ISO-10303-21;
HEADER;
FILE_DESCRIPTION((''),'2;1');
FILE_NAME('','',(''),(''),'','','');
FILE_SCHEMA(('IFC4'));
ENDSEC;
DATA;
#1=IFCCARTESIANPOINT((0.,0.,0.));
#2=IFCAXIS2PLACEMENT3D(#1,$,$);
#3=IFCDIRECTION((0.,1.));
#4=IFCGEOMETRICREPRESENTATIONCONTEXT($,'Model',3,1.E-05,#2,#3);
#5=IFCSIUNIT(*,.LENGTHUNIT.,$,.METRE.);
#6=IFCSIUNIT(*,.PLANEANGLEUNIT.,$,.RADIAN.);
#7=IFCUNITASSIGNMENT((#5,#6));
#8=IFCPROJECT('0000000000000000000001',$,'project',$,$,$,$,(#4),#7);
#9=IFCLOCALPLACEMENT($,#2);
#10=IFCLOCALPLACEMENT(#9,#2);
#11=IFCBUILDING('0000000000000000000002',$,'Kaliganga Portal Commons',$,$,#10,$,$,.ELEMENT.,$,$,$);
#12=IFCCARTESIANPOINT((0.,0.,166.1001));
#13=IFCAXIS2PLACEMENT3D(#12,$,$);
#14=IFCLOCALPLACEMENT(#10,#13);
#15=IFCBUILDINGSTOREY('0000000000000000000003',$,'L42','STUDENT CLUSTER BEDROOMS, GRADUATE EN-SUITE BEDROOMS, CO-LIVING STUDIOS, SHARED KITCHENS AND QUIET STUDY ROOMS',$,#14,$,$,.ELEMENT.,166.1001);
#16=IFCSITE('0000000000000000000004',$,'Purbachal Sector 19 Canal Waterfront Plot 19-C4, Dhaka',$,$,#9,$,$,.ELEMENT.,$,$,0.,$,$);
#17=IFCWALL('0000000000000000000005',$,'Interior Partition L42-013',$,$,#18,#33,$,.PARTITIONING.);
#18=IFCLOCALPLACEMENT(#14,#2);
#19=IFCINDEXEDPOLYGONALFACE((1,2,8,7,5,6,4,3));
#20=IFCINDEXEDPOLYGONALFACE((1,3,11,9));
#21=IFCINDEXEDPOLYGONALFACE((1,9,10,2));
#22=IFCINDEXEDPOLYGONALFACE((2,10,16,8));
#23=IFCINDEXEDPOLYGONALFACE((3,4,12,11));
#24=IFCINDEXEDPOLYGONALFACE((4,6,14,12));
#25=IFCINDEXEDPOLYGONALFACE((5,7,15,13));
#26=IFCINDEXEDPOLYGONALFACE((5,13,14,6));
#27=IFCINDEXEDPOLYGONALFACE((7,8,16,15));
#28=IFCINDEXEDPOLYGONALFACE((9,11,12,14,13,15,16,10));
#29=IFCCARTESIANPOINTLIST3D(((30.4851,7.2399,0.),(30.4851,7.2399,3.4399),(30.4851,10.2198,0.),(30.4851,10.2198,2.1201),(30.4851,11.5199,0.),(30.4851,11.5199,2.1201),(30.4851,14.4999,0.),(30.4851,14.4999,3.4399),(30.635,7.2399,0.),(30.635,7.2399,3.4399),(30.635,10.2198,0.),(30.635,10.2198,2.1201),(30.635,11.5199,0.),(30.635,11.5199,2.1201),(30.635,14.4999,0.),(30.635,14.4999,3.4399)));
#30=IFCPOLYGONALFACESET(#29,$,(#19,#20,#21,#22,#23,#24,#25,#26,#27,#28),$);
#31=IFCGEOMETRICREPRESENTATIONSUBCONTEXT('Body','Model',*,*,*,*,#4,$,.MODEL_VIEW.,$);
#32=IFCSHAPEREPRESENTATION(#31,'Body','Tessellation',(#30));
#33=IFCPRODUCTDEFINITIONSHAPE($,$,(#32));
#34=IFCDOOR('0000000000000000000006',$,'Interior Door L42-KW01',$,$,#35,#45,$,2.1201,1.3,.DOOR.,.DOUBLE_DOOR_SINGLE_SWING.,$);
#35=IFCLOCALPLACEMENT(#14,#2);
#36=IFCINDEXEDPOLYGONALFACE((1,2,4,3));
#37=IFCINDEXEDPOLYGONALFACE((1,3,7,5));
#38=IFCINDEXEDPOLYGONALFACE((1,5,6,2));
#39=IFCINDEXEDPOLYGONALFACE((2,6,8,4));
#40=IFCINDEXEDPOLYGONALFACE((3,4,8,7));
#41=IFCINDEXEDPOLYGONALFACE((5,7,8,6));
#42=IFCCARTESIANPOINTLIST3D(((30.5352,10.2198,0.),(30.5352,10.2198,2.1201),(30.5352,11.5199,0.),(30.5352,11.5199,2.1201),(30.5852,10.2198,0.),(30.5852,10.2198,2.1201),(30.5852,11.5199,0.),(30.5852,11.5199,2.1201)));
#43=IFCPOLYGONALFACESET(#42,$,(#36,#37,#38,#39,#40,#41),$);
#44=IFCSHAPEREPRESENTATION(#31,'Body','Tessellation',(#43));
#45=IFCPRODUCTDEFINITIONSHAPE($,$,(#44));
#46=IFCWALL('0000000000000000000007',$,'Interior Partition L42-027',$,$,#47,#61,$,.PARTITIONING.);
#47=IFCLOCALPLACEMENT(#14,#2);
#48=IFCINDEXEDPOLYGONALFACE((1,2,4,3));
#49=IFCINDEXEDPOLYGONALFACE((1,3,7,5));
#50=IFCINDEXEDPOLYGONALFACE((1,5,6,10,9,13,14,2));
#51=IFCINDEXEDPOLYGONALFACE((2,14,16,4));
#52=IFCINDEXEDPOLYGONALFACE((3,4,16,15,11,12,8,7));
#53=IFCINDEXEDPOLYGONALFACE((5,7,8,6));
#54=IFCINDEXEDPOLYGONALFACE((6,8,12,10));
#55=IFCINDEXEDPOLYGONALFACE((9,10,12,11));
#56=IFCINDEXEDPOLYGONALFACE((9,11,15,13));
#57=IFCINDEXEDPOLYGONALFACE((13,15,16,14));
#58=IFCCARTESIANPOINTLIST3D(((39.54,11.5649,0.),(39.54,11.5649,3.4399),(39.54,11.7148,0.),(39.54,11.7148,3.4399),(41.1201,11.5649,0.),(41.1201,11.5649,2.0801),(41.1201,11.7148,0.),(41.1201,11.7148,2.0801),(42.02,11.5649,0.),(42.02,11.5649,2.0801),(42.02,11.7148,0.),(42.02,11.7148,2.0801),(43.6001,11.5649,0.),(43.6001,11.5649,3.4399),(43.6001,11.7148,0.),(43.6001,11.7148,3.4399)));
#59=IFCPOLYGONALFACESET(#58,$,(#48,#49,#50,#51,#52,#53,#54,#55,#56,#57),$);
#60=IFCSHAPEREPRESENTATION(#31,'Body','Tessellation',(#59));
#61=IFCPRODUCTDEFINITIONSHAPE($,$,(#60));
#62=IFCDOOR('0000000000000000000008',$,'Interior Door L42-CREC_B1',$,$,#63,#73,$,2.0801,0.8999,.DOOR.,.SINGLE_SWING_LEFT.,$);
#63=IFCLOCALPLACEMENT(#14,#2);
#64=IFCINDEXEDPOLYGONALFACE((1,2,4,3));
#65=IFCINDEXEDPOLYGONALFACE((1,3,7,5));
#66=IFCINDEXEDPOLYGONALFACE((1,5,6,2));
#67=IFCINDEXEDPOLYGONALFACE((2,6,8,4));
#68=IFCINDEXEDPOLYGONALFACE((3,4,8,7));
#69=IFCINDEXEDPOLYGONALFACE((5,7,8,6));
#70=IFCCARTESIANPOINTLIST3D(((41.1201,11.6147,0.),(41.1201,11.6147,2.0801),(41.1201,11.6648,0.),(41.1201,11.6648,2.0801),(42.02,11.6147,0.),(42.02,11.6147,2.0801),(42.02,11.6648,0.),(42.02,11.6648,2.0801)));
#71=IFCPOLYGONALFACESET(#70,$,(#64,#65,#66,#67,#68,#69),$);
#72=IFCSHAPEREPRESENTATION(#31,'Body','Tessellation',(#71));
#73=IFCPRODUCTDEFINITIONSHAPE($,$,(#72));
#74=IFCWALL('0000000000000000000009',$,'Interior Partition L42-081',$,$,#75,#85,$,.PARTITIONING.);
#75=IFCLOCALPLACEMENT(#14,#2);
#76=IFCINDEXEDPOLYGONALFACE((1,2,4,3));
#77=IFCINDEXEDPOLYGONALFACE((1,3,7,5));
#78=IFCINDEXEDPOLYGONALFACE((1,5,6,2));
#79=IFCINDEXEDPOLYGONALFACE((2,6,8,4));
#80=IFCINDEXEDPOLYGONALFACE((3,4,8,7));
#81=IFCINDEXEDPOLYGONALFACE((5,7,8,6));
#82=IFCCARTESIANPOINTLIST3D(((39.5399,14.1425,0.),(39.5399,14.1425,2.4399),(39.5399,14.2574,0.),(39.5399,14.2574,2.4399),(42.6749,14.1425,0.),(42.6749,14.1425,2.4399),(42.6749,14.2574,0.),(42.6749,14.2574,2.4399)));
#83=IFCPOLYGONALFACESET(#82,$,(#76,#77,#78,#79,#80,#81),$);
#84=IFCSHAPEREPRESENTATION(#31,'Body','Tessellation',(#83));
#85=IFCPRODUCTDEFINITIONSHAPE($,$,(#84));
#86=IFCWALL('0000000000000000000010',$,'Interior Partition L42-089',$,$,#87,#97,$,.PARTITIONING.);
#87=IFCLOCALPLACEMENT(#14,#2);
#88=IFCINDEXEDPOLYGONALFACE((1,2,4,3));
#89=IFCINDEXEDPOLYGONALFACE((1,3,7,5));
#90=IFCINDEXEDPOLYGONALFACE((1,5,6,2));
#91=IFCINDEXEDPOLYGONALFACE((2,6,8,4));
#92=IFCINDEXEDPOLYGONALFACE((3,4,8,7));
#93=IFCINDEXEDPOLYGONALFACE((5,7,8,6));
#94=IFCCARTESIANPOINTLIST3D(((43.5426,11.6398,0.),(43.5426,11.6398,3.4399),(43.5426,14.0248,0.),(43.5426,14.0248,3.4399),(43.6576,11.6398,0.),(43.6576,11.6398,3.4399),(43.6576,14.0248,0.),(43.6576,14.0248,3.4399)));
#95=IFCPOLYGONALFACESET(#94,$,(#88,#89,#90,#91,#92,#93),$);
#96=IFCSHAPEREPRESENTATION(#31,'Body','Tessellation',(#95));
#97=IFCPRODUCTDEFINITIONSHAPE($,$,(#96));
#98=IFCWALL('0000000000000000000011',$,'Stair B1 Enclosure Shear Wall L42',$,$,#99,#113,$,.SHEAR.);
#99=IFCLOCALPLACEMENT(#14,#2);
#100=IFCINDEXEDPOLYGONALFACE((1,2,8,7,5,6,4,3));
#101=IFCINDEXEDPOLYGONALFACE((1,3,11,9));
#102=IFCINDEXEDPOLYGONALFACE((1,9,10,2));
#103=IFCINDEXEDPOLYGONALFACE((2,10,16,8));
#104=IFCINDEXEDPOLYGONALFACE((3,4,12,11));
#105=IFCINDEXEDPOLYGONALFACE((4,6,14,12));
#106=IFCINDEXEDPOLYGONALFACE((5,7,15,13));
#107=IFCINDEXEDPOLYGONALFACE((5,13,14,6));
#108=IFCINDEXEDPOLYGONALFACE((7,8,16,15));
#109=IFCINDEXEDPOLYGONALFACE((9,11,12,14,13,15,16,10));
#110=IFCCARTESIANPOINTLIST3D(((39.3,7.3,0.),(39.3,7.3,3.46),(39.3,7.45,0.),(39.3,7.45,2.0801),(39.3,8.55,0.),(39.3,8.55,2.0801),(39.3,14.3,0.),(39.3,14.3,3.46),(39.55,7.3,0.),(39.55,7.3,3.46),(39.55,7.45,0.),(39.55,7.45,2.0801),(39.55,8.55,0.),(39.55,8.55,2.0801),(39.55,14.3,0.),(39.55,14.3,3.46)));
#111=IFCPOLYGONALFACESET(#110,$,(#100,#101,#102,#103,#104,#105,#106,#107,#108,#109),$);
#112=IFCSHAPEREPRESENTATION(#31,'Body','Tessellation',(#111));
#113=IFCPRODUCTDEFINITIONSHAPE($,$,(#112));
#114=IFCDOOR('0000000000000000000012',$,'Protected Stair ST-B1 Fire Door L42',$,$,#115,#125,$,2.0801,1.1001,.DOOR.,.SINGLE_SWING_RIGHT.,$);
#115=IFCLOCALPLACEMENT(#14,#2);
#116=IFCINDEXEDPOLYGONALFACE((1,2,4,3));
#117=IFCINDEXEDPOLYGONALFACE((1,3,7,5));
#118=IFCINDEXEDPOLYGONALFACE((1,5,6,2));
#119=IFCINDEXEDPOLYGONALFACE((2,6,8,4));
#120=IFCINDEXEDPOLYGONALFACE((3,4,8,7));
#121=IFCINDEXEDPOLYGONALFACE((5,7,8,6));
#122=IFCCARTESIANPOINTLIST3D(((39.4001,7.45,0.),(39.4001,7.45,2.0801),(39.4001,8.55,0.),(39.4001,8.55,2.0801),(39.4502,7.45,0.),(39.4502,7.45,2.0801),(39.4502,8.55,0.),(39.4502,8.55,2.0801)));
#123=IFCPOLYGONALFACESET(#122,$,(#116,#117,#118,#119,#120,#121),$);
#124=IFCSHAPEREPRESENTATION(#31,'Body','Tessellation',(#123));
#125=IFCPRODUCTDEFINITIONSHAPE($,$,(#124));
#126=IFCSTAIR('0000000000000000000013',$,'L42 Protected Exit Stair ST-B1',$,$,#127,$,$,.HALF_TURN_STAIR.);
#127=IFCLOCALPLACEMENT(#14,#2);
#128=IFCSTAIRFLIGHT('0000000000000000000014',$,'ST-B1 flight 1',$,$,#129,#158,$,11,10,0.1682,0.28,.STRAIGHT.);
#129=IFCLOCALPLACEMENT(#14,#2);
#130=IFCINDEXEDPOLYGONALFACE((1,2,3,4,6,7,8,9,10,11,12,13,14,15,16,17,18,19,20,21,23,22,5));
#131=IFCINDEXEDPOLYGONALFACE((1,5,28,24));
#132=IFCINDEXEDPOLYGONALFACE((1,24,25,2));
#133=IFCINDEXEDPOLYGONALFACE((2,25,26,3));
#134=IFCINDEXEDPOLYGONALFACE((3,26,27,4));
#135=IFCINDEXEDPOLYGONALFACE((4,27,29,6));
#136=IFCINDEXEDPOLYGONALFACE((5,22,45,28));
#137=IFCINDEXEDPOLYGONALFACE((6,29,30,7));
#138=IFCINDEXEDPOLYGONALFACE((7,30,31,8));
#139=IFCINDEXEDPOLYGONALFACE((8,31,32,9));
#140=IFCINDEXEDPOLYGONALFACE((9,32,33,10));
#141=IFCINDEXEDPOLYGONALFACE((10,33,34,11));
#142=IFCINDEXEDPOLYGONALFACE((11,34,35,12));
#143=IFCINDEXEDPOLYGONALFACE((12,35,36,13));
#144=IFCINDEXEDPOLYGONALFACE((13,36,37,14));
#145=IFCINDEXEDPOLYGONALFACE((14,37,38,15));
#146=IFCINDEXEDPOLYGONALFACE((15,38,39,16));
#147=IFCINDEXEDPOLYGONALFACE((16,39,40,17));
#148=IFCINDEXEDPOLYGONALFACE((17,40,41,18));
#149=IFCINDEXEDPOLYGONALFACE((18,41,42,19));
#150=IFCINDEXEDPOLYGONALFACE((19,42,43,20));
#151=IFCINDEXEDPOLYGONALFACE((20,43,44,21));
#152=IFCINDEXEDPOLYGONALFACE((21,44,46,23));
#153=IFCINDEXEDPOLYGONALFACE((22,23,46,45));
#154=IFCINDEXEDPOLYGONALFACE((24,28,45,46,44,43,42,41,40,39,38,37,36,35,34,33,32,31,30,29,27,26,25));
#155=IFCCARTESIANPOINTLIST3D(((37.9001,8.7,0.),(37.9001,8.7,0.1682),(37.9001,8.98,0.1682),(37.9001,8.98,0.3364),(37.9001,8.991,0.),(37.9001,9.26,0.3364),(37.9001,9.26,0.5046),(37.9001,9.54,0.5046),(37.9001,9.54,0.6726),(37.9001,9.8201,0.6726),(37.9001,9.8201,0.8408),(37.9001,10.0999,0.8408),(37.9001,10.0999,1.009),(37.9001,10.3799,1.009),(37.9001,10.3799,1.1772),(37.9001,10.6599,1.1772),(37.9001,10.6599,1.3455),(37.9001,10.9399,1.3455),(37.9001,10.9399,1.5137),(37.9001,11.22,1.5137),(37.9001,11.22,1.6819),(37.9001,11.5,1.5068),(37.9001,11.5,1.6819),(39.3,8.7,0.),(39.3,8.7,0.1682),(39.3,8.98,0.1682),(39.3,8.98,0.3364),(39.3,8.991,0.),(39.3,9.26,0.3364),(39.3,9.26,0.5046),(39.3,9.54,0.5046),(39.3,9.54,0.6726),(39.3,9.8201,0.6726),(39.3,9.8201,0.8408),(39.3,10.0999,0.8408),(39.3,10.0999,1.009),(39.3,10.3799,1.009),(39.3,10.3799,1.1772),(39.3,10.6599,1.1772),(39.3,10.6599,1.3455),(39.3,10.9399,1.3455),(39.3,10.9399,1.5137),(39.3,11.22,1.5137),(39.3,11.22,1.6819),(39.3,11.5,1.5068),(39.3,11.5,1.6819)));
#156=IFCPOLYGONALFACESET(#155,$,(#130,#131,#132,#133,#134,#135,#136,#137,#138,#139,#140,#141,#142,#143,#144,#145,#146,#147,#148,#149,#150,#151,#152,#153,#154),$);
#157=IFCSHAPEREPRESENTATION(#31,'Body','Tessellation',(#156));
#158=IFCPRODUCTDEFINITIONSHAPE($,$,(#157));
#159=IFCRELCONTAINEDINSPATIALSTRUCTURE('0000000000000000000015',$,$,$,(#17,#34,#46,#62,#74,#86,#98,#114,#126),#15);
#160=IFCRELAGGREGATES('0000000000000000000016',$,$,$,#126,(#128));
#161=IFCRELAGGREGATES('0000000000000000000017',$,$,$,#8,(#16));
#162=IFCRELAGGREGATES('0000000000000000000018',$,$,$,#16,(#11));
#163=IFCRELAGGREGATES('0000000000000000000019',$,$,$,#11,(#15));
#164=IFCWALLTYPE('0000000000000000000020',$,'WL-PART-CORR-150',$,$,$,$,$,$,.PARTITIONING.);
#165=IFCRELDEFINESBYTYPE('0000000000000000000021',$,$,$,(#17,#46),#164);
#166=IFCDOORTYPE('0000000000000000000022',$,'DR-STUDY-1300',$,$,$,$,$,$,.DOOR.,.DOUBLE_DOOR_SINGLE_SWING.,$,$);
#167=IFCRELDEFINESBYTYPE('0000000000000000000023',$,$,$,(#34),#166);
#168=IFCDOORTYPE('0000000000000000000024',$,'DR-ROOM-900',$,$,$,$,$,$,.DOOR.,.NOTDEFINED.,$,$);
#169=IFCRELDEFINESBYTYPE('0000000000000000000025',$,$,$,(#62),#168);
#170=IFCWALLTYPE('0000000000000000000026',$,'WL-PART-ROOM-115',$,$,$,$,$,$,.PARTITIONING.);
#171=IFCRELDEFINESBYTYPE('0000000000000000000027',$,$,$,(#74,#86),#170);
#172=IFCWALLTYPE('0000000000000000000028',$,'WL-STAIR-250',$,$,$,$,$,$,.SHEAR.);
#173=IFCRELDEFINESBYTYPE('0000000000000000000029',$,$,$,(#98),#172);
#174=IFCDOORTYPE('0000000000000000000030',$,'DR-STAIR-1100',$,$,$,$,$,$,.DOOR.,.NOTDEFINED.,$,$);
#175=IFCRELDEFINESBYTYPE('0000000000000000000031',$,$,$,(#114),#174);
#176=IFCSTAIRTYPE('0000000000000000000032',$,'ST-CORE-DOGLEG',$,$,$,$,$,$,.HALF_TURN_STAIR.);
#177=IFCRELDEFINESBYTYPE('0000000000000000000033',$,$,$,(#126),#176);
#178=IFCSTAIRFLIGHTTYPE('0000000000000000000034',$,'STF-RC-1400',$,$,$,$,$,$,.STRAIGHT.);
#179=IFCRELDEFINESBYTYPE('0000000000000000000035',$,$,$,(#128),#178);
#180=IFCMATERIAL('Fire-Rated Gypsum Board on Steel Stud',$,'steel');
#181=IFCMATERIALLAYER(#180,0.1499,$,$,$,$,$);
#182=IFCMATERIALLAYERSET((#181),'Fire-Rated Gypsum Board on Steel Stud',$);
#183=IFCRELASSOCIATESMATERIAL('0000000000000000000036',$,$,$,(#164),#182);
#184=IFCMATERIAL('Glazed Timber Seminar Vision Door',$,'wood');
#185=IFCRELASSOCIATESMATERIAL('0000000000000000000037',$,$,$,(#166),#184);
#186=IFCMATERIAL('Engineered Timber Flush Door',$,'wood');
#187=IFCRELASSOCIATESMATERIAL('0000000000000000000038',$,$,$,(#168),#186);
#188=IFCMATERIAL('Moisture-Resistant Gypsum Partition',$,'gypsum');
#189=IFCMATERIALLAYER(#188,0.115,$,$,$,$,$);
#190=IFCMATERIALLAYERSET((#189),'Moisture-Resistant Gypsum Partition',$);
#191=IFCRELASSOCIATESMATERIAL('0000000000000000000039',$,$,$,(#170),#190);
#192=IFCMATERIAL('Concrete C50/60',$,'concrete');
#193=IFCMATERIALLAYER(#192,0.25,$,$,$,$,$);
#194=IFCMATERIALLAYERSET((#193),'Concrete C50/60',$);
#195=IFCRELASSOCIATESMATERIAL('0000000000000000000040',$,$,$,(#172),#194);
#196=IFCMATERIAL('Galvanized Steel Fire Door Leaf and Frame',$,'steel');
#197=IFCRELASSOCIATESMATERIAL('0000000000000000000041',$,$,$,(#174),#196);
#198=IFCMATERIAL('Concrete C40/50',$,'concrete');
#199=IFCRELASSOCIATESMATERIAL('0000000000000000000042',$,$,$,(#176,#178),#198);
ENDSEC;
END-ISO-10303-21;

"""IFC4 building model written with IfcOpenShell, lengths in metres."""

from ifc_helpers import new_model, si_unit, direction, frame, frame_2d, origin, place, context, subcontext, project, spatial, polyline, rectangle, outline, extrude, material, layer, layer_set, type_object, element, fill, aggregate, save


model = new_model("IFC4")

# Units and contexts
model_context = context("Model", 3, precision=1e-05, world=origin(), true_north=direction((0.0, 1.0)))
body_context = subcontext(model_context, "Body", "Model", "MODEL_VIEW")
ifc_project = project(units=[si_unit("LENGTHUNIT", "METRE"), si_unit("PLANEANGLEUNIT", "RADIAN")], contexts=[model_context])

# Site, building, storey
site_placement = place(None, origin())
site = spatial("IfcSite", under=ifc_project, at=site_placement, Name="Purbachal Sector 19 Canal Waterfront Plot 19-C4, Dhaka", CompositionType="ELEMENT", RefElevation=0.0)
building_placement = place(site_placement, origin())
building = spatial("IfcBuilding", under=site, at=building_placement, Name="Kaliganga Portal Commons", CompositionType="ELEMENT")
storey_placement = place(building_placement, frame((0.0, 0.0, 166.1001)))
storey = spatial("IfcBuildingStorey", under=building, at=storey_placement, Name="L42", Description="STUDENT CLUSTER BEDROOMS, GRADUATE EN-SUITE BEDROOMS, CO-LIVING STUDIOS, SHARED KITCHENS AND QUIET STUDY ROOMS", CompositionType="ELEMENT", Elevation=166.1001)

# Shared definitions
ifc_material_1 = material(Name="Concrete C50/60", Category="concrete")

# Walls, openings, doors
ifc_material_2 = material(Name="Fire-Rated Gypsum Board on Steel Stud", Category="steel")
ifc_layer_1 = layer(ifc_material_2, 0.1499)
ifc_layer_set_1 = layer_set([ifc_layer_1], Name="Fire-Rated Gypsum Board on Steel Stud")
wall_type_1 = type_object("IfcWallType", Name="WL-PART-CORR-150", PredefinedType="PARTITIONING", material=ifc_layer_set_1)
wall_1_placement = place(storey_placement, frame((30.5601, 7.24, 0.0), z_axis=(0.0, 0.0, 1.0), x_axis=(0.0, 1.0, 0.0)))
wall_1 = element("IfcWall", 1, at=wall_1_placement, inside=storey, type_object=wall_type_1, Name="Interior Partition L42-013", PredefinedType="PARTITIONING", context=body_context, shape_type="SweptSolid", body=[
    extrude(rectangle(XDim=7.26, YDim=0.1499, at=frame_2d((3.6299, 0.0))), origin(), (0.0, 0.0, 1.0), 3.4399),
])
opening_1_placement = place(wall_1_placement, frame((2.98, 0.0, 0.0)))
opening_1 = element("IfcOpeningElement", 2, at=opening_1_placement, cuts=wall_1, PredefinedType="OPENING", context=body_context, shape_type="SweptSolid", body=[
    extrude(rectangle(XDim=1.3, YDim=2.1201, at=frame_2d((0.6499, 1.0601))), frame((0.0, 0.085, 0.0), z_axis=(0.0, -1.0, 0.0), x_axis=(1.0, 0.0, 0.0)), (0.0, 0.0, 1.0), 0.1699),
])
ifc_material_3 = material(Name="Glazed Timber Seminar Vision Door", Category="wood")
door_type_1 = type_object("IfcDoorType", Name="DR-STUDY-1300", OperationType="DOUBLE_DOOR_SINGLE_SWING", PredefinedType="DOOR", material=ifc_material_3)
door_1_placement = place(opening_1_placement, origin())
door_1 = element("IfcDoor", 3, at=door_1_placement, inside=storey, type_object=door_type_1, Name="Interior Door L42-KW01", OperationType="DOUBLE_DOOR_SINGLE_SWING", OverallHeight=2.1201, OverallWidth=1.3, PredefinedType="DOOR", context=body_context, shape_type="SweptSolid", body=[
    extrude(rectangle(XDim=1.3, YDim=2.1201, at=frame_2d((0.6499, 1.0601))), frame((0.0, 0.0249, 0.0), z_axis=(0.0, -1.0, 0.0), x_axis=(1.0, 0.0, 0.0)), (0.0, 0.0, 1.0), 0.05),
])
fill(opening_1, door_1)
wall_2_placement = place(storey_placement, frame((39.54, 11.6399, 0.0), z_axis=(0.0, 0.0, 1.0), x_axis=(1.0, 0.0, 0.0)))
wall_2 = element("IfcWall", 4, at=wall_2_placement, inside=storey, type_object=wall_type_1, Name="Interior Partition L42-027", PredefinedType="PARTITIONING", context=body_context, shape_type="SweptSolid", body=[
    extrude(rectangle(XDim=4.0601, YDim=0.1499, at=frame_2d((2.03, 0.0))), origin(), (0.0, 0.0, 1.0), 3.4399),
])
opening_2_placement = place(wall_2_placement, frame((1.5801, 0.0, 0.0)))
opening_2 = element("IfcOpeningElement", 5, at=opening_2_placement, cuts=wall_2, PredefinedType="OPENING", context=body_context, shape_type="SweptSolid", body=[
    extrude(rectangle(XDim=0.8999, YDim=2.0801, at=frame_2d((0.45, 1.04))), frame((0.0, 0.085, 0.0), z_axis=(0.0, -1.0, 0.0), x_axis=(1.0, 0.0, 0.0)), (0.0, 0.0, 1.0), 0.1699),
])
ifc_material_4 = material(Name="Engineered Timber Flush Door", Category="wood")
door_type_2 = type_object("IfcDoorType", Name="DR-ROOM-900", OperationType="NOTDEFINED", PredefinedType="DOOR", material=ifc_material_4)
door_2_placement = place(opening_2_placement, origin())
door_2 = element("IfcDoor", 6, at=door_2_placement, inside=storey, type_object=door_type_2, Name="Interior Door L42-CREC_B1", OperationType="SINGLE_SWING_LEFT", OverallHeight=2.0801, OverallWidth=0.8999, PredefinedType="DOOR", context=body_context, shape_type="SweptSolid", body=[
    extrude(rectangle(XDim=0.8999, YDim=2.0801, at=frame_2d((0.45, 1.04))), frame((0.0, 0.0249, 0.0), z_axis=(0.0, -1.0, 0.0), x_axis=(1.0, 0.0, 0.0)), (0.0, 0.0, 1.0), 0.05),
])
fill(opening_2, door_2)

# Walls
ifc_material_5 = material(Name="Moisture-Resistant Gypsum Partition", Category="gypsum")
ifc_layer_2 = layer(ifc_material_5, 0.115)
ifc_layer_set_2 = layer_set([ifc_layer_2], Name="Moisture-Resistant Gypsum Partition")
wall_type_2 = type_object("IfcWallType", Name="WL-PART-ROOM-115", PredefinedType="PARTITIONING", material=ifc_layer_set_2)
wall_3_placement = place(storey_placement, frame((39.54, 14.2, 0.0), z_axis=(0.0, 0.0, 1.0), x_axis=(1.0, 0.0, 0.0)))
element("IfcWall", 7, at=wall_3_placement, inside=storey, type_object=wall_type_2, Name="Interior Partition L42-081", PredefinedType="PARTITIONING", context=body_context, shape_type="SweptSolid", body=[
    extrude(rectangle(XDim=3.135, YDim=0.115, at=frame_2d((1.5674, 0.0))), origin(), (0.0, 0.0, 1.0), 2.4399),
])
wall_4_placement = place(storey_placement, frame((43.6001, 11.6399, 0.0), z_axis=(0.0, 0.0, 1.0), x_axis=(0.0, 1.0, 0.0)))
element("IfcWall", 8, at=wall_4_placement, inside=storey, type_object=wall_type_2, Name="Interior Partition L42-089", PredefinedType="PARTITIONING", context=body_context, shape_type="SweptSolid", body=[
    extrude(rectangle(XDim=2.385, YDim=0.115, at=frame_2d((1.1924, 0.0))), origin(), (0.0, 0.0, 1.0), 3.4399),
])

# Wall, opening, door
ifc_layer_3 = layer(ifc_material_1, 0.25)
ifc_layer_set_3 = layer_set([ifc_layer_3], Name="Concrete C50/60")
wall_type_3 = type_object("IfcWallType", Name="WL-STAIR-250", PredefinedType="SHEAR", material=ifc_layer_set_3)
wall_5_placement = place(storey_placement, frame((39.425, 7.3, 0.0), z_axis=(0.0, 0.0, 1.0), x_axis=(0.0, 1.0, 0.0)))
wall_5 = element("IfcWall", 9, at=wall_5_placement, inside=storey, type_object=wall_type_3, Name="Stair B1 Enclosure Shear Wall L42", PredefinedType="SHEAR", context=body_context, shape_type="SweptSolid", body=[
    extrude(rectangle(XDim=7.0, YDim=0.25, at=frame_2d((3.5, 0.0))), origin(), (0.0, 0.0, 1.0), 3.46),
])
opening_3_placement = place(wall_5_placement, frame((0.1499, 0.0, 0.0)))
opening_3 = element("IfcOpeningElement", 10, at=opening_3_placement, cuts=wall_5, PredefinedType="OPENING", context=body_context, shape_type="SweptSolid", body=[
    extrude(rectangle(XDim=1.1001, YDim=2.0801, at=frame_2d((0.55, 1.04))), frame((0.0, 0.135, 0.0), z_axis=(0.0, -1.0, 0.0), x_axis=(1.0, 0.0, 0.0)), (0.0, 0.0, 1.0), 0.27),
])
ifc_material_6 = material(Name="Galvanized Steel Fire Door Leaf and Frame", Category="steel")
door_type_3 = type_object("IfcDoorType", Name="DR-STAIR-1100", OperationType="NOTDEFINED", PredefinedType="DOOR", material=ifc_material_6)
door_3_placement = place(opening_3_placement, origin())
door_3 = element("IfcDoor", 11, at=door_3_placement, inside=storey, type_object=door_type_3, Name="Protected Stair ST-B1 Fire Door L42", OperationType="SINGLE_SWING_RIGHT", OverallHeight=2.0801, OverallWidth=1.1001, PredefinedType="DOOR", context=body_context, shape_type="SweptSolid", body=[
    extrude(rectangle(XDim=1.1001, YDim=2.0801, at=frame_2d((0.55, 1.04))), frame((0.0, 0.0249, 0.0), z_axis=(0.0, -1.0, 0.0), x_axis=(1.0, 0.0, 0.0)), (0.0, 0.0, 1.0), 0.05),
])
fill(opening_3, door_3)

# Stair, stair flight
ifc_material_7 = material(Name="Concrete C40/50", Category="concrete")
stair_type = type_object("IfcStairType", Name="ST-CORE-DOGLEG", PredefinedType="HALF_TURN_STAIR", material=ifc_material_7)
stair_placement = place(storey_placement, origin())
stair = element("IfcStair", 12, at=stair_placement, inside=storey, type_object=stair_type, Name="L42 Protected Exit Stair ST-B1", PredefinedType="HALF_TURN_STAIR")
stair_flight_type = type_object("IfcStairFlightType", Name="STF-RC-1400", PredefinedType="STRAIGHT", material=ifc_material_7)
stair_flight_1_placement = place(storey_placement, frame((38.6001, 8.7, 0.0), z_axis=(0.0, 0.0, 1.0), x_axis=(0.0, 1.0, 0.0)))
stair_flight_1 = element("IfcStairFlight", 13, at=stair_flight_1_placement, type_object=stair_flight_type, Name="ST-B1 flight 1", NumberOfRisers=11, NumberOfTreads=10, PredefinedType="STRAIGHT", RiserHeight=0.1682, TreadLength=0.28, context=body_context, shape_type="SweptSolid", body=[
    extrude(outline(polyline([(0.0, 0.0), (0.0, 0.1682), (0.28, 0.1682), (0.28, 0.3364), (0.5601, 0.3364), (0.5601, 0.5046), (0.8401, 0.5046), (0.8401, 0.6726), (1.1201, 0.6726), (1.1201, 0.8408), (1.3999, 0.8408), (1.3999, 1.009), (1.6799, 1.009), (1.6799, 1.1772), (1.96, 1.1772), (1.96, 1.3455), (2.24, 1.3455), (2.24, 1.5137), (2.52, 1.5137), (2.52, 1.6819), (2.8, 1.6819), (2.8, 1.8501), (2.8, 1.5068), (0.291, 0.0), (0.0, 0.0)])), frame((0.0, 0.7, 0.0), z_axis=(0.0, -1.0, 0.0), x_axis=(1.0, 0.0, 0.0)), (0.0, 0.0, 1.0), 1.3999),
])
aggregate(stair, [stair_flight_1])

save(model, "model.ifc")
